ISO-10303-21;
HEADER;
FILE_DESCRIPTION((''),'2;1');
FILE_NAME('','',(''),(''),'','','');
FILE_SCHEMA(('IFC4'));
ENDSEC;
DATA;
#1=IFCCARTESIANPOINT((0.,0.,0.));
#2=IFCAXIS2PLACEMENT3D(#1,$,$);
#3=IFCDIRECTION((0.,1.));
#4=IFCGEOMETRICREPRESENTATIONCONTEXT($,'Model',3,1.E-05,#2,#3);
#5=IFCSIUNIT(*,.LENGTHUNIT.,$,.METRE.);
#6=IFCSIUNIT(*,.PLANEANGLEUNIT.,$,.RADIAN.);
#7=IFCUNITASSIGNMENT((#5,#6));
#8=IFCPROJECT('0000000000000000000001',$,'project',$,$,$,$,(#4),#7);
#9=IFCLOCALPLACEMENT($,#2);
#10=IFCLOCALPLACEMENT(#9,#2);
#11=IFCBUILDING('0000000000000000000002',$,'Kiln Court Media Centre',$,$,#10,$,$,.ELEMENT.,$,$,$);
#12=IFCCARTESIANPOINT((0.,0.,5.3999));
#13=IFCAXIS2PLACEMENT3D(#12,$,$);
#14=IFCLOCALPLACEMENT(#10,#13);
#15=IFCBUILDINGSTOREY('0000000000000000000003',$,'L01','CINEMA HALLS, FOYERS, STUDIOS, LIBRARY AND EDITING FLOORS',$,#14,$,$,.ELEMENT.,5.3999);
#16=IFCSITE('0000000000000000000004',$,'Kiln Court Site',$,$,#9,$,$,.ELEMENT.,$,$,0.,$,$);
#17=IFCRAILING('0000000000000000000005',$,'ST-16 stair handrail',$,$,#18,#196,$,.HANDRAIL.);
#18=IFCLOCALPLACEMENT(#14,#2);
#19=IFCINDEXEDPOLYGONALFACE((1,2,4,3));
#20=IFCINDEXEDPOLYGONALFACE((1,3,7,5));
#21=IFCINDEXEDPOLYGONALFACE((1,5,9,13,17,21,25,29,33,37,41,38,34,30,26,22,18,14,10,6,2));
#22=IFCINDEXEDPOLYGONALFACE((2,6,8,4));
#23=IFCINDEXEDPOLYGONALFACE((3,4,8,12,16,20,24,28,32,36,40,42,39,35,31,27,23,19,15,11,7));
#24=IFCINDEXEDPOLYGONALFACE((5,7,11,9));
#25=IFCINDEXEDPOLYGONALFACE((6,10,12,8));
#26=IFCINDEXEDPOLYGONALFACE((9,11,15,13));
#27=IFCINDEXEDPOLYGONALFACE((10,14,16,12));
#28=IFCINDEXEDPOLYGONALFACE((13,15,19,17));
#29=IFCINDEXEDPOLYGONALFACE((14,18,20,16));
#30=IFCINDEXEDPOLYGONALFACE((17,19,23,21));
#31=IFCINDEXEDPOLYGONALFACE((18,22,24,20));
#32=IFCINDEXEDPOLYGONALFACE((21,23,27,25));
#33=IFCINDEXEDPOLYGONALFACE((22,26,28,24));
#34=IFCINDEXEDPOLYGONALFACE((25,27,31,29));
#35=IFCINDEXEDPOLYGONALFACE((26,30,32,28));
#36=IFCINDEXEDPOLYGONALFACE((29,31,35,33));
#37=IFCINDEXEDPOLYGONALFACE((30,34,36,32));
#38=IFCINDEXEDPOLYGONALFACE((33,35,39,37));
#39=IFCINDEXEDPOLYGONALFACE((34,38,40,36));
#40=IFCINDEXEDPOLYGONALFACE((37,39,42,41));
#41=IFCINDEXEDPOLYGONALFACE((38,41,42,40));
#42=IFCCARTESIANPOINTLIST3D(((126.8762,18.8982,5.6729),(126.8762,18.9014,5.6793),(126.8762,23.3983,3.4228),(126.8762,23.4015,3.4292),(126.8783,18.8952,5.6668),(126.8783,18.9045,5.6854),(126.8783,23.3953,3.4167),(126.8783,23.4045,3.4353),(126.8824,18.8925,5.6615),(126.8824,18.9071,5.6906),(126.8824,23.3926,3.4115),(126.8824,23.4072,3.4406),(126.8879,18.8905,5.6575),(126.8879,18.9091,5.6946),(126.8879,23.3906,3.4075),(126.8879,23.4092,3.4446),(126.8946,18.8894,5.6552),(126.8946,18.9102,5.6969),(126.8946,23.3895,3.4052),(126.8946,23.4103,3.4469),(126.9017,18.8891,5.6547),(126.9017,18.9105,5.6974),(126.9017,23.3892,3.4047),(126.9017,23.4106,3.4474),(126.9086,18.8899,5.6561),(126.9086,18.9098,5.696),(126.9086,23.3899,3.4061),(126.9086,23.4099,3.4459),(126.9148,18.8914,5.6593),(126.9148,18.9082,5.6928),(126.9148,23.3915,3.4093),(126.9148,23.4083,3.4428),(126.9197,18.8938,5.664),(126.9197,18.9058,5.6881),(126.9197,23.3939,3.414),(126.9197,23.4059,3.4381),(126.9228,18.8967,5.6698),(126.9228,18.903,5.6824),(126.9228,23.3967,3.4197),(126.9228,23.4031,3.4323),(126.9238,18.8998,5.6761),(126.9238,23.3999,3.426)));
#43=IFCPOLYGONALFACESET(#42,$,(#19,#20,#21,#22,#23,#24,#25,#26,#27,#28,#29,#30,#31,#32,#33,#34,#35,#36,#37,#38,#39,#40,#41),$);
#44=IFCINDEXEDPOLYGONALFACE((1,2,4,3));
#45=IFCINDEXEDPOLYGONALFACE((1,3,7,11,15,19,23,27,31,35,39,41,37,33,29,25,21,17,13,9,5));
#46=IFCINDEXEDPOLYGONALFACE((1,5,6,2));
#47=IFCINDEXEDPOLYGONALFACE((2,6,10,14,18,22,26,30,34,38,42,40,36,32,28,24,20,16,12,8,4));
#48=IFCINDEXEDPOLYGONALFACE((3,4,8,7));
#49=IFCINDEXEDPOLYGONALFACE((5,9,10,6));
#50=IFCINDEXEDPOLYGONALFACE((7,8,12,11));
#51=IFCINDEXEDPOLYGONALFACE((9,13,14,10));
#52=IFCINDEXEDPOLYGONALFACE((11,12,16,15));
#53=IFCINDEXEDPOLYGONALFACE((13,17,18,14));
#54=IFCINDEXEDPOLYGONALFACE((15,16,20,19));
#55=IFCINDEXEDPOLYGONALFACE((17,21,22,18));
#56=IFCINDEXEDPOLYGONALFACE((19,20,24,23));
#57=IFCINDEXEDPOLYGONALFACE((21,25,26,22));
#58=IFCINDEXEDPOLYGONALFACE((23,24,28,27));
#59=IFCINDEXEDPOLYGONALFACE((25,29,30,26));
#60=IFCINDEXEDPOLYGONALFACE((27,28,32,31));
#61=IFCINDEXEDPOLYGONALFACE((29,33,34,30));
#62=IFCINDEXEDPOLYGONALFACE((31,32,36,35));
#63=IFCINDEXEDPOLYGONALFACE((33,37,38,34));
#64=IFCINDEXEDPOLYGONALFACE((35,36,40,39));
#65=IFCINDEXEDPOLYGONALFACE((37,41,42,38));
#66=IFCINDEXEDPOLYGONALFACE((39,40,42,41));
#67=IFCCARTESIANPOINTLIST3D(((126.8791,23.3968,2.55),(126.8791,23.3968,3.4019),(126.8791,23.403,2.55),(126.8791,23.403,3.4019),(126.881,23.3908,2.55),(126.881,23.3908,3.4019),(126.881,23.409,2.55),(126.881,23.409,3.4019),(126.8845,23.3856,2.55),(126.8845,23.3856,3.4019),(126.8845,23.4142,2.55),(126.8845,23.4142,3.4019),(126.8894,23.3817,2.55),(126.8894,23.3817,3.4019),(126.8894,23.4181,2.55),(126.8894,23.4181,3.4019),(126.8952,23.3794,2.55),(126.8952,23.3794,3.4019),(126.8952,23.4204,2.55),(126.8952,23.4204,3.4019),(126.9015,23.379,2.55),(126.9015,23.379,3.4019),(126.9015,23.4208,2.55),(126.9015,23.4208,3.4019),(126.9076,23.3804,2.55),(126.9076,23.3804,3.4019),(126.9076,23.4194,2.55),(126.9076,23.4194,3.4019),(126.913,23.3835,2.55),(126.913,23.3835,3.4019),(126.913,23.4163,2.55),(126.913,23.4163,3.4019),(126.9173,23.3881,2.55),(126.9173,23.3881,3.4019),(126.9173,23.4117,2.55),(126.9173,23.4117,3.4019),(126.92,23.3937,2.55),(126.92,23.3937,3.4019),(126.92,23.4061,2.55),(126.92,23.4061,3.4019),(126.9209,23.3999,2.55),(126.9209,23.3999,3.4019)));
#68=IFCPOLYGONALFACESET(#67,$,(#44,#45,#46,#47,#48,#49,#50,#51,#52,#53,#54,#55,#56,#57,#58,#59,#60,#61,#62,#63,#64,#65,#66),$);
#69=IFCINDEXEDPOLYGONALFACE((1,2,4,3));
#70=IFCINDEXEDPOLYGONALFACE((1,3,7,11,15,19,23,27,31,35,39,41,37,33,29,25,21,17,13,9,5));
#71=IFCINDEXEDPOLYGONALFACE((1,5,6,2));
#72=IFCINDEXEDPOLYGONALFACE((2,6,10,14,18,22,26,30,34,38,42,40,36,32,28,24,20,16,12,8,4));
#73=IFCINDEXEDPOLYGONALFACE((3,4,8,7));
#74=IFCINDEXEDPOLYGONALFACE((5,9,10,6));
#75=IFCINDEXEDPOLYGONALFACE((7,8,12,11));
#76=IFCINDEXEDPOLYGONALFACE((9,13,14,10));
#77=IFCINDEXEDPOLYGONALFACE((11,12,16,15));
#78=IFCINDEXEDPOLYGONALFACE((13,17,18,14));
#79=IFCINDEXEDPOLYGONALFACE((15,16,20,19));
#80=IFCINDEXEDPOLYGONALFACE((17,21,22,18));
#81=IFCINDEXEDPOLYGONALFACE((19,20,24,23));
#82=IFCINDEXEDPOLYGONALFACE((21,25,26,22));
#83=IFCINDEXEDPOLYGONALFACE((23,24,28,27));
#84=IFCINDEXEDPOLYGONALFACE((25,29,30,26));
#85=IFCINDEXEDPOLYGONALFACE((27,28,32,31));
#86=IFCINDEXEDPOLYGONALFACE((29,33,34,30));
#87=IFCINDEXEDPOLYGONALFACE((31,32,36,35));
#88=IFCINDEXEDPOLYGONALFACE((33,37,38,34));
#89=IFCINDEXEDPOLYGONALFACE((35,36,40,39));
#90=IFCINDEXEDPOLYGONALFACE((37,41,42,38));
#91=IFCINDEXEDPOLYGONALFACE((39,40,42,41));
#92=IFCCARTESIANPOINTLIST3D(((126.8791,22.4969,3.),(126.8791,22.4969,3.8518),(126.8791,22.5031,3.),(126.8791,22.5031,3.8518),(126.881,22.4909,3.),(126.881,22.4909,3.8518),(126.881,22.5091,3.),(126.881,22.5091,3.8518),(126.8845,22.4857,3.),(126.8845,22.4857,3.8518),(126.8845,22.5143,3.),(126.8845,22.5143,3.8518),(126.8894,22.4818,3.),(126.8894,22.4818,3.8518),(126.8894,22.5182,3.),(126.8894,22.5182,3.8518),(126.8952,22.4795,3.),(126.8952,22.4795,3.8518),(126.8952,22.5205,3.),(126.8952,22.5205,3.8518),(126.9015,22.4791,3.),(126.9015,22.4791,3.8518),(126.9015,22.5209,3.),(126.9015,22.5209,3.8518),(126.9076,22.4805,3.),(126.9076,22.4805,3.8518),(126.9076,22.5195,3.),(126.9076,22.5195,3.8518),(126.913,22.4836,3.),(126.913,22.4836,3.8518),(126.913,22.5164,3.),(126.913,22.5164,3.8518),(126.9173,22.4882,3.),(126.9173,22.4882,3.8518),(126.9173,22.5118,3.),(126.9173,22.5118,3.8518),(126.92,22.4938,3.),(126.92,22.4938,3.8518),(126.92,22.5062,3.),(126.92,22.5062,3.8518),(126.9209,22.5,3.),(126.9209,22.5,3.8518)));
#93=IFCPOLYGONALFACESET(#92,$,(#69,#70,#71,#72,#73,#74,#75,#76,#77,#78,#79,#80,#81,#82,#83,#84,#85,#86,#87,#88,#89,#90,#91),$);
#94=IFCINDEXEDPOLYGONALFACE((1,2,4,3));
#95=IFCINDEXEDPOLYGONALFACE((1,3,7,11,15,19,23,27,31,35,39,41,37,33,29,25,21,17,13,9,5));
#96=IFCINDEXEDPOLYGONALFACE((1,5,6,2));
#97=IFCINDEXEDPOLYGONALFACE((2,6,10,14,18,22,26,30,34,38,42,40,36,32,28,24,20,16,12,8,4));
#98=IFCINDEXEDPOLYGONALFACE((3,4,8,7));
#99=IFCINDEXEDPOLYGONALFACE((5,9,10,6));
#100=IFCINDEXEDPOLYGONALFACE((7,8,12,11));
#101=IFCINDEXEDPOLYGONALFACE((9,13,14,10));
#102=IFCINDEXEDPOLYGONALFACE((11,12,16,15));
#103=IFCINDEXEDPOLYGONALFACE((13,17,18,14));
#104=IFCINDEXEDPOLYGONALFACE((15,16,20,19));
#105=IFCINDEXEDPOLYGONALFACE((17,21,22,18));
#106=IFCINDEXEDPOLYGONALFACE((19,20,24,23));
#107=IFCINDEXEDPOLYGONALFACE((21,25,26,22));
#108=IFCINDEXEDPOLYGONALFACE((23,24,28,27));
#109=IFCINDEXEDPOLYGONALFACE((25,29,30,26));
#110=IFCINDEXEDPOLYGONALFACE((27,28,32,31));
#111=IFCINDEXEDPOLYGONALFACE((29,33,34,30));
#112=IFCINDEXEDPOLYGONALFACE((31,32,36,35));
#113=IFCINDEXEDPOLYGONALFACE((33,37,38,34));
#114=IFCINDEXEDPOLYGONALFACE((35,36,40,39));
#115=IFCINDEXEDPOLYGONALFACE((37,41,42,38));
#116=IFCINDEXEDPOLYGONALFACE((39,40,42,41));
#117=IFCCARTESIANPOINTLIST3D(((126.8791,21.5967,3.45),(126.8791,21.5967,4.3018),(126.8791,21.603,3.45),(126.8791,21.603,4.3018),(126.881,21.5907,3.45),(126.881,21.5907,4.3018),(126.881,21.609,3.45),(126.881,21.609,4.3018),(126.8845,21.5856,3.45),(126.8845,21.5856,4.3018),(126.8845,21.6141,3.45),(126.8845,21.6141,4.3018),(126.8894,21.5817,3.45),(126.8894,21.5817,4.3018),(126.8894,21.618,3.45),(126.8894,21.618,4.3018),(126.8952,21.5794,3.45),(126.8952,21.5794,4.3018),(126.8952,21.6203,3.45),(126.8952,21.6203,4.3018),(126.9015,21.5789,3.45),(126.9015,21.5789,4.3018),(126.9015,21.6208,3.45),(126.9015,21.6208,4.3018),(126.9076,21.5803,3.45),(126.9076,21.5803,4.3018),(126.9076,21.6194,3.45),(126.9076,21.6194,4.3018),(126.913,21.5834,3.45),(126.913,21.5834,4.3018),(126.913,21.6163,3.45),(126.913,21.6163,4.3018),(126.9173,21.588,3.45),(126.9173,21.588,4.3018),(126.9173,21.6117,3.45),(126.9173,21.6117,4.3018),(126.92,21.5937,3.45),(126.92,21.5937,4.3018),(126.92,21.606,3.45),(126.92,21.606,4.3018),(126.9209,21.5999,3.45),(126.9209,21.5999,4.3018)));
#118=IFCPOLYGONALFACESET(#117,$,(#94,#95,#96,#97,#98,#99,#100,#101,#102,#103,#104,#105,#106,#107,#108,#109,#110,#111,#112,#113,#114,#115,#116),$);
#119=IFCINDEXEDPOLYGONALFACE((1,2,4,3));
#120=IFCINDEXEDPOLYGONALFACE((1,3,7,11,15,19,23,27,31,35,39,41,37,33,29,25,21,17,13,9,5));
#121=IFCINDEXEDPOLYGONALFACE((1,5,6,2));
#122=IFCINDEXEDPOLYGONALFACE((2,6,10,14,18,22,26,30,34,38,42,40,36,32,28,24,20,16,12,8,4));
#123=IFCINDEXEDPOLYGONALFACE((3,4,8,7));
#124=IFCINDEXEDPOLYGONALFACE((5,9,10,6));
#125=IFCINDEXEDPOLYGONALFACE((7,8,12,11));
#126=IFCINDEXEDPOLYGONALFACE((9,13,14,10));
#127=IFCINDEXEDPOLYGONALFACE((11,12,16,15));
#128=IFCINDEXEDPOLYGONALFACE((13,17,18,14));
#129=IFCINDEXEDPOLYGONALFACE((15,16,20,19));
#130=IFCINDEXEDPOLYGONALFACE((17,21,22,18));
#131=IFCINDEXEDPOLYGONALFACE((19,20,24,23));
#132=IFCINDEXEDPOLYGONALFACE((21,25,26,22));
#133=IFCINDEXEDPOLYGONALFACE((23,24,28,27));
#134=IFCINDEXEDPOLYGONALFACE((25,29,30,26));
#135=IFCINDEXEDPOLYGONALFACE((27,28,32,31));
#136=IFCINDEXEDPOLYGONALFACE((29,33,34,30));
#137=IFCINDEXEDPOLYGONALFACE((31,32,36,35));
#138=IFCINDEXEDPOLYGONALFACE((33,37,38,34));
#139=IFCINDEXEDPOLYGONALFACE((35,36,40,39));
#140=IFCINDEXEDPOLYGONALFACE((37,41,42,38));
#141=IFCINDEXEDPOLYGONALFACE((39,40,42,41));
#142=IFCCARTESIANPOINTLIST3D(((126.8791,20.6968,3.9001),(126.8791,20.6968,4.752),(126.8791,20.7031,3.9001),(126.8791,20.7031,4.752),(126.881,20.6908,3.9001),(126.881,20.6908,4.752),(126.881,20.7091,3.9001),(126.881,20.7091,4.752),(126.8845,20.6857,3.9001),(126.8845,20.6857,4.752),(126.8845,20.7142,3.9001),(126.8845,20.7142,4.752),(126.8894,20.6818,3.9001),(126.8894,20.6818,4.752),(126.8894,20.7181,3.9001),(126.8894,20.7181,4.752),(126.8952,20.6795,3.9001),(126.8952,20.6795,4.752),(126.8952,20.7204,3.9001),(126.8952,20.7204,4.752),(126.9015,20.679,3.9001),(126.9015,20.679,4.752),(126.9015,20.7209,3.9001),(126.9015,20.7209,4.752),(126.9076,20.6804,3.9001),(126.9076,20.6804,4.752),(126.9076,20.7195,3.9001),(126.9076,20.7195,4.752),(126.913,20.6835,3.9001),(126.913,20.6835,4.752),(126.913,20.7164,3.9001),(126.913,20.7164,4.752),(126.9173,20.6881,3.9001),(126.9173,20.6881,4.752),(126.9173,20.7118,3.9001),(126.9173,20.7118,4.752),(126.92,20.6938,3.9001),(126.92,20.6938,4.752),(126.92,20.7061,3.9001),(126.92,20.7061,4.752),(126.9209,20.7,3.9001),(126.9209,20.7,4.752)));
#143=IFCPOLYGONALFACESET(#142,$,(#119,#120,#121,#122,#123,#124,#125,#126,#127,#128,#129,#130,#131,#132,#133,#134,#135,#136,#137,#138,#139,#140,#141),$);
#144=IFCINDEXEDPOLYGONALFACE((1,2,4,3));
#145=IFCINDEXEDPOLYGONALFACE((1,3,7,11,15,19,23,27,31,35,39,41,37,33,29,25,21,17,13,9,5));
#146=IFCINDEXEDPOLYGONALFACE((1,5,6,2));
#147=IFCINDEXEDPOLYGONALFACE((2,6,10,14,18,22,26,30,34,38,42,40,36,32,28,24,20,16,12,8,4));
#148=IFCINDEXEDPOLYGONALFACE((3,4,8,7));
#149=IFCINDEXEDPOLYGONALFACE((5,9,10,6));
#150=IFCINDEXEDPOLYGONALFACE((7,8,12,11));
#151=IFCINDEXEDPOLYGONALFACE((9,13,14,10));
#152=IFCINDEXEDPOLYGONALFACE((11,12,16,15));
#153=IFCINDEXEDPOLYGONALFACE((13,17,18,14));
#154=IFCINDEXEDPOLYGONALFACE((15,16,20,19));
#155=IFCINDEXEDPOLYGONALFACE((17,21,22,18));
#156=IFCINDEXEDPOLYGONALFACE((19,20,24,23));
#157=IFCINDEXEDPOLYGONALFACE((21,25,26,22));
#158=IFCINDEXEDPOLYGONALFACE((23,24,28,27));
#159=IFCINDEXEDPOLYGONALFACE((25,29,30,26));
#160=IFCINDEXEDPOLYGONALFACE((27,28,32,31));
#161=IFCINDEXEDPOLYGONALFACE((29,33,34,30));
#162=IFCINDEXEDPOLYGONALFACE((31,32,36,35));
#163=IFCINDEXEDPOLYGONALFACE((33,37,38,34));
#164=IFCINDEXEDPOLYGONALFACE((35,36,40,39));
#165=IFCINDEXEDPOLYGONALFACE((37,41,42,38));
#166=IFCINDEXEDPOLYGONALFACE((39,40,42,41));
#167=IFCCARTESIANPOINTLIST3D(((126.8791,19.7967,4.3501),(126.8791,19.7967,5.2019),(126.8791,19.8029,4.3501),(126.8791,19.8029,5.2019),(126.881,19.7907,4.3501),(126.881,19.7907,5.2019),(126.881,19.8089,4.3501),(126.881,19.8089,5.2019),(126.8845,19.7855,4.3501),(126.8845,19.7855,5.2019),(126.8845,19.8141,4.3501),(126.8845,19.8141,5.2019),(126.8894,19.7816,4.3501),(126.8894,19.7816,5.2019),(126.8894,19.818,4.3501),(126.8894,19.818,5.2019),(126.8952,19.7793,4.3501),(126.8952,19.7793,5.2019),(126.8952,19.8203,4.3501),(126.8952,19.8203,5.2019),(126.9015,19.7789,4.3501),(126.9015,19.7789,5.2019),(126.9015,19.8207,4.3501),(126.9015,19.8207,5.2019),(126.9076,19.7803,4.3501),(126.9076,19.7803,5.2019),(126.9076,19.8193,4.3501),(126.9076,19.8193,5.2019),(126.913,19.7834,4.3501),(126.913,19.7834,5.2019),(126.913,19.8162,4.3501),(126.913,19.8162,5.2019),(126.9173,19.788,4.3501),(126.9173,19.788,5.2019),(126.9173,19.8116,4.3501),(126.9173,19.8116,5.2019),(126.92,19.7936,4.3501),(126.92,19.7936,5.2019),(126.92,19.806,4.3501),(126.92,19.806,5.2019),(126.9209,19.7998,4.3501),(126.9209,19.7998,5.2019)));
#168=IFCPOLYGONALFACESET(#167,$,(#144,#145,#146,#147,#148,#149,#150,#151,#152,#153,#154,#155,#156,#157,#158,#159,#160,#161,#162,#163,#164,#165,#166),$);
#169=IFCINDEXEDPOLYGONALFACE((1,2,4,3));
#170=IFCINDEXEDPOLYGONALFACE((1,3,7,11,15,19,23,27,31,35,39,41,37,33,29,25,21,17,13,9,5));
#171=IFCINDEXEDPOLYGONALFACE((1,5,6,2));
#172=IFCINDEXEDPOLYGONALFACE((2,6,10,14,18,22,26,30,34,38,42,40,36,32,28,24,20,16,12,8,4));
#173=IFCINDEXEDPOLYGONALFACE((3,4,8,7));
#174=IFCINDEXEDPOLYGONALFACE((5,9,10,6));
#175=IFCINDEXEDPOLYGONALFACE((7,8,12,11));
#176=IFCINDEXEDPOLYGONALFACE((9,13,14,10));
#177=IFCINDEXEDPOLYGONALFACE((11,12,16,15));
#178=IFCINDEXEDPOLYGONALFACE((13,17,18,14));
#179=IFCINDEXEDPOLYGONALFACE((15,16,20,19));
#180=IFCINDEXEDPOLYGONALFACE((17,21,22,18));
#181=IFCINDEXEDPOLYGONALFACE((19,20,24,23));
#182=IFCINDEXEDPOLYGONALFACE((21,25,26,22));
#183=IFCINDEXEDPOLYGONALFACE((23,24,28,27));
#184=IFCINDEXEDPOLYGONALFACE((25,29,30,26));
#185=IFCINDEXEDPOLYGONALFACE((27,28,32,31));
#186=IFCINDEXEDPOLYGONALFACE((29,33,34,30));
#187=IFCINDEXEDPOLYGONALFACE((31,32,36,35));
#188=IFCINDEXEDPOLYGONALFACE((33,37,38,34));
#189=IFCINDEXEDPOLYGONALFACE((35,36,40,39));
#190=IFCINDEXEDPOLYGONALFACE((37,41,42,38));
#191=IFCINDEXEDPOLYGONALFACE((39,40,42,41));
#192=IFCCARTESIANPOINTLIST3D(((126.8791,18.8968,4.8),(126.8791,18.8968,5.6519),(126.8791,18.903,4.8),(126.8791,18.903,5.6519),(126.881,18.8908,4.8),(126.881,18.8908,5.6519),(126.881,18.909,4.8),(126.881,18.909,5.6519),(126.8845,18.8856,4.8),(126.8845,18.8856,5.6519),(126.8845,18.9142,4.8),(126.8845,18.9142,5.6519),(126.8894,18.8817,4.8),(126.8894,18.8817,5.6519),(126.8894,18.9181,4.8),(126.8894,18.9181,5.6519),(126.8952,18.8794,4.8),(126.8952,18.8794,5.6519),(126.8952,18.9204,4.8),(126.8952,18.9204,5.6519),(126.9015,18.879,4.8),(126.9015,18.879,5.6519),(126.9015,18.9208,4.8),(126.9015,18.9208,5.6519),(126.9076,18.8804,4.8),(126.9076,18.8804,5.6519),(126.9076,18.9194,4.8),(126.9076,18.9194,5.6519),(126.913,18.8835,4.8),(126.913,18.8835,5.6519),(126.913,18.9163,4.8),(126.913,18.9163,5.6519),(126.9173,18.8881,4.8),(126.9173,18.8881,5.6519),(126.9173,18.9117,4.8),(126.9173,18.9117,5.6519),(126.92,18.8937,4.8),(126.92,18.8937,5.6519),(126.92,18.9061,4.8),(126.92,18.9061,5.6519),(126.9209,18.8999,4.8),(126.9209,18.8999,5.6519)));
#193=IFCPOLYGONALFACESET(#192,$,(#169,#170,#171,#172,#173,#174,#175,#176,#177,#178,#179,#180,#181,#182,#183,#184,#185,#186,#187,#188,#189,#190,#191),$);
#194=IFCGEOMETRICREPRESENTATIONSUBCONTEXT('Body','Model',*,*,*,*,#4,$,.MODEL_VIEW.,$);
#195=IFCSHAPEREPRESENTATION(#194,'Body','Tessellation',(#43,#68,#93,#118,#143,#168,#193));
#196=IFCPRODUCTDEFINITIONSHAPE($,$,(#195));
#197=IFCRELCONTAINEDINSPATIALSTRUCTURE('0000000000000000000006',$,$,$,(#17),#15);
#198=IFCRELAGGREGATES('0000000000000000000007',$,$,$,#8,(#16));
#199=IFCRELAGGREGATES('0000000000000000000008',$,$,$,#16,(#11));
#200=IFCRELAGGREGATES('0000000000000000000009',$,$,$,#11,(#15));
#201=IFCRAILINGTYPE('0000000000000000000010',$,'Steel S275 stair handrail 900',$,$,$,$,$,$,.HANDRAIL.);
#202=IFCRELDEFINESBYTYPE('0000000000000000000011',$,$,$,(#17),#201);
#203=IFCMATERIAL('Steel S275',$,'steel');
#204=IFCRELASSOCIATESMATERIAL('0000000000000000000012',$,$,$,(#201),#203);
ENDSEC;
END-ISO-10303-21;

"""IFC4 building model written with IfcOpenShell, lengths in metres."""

from ifc_helpers import new_model, si_unit, direction, frame, origin, origin_2d, place, context, subcontext, project, spatial, circle, extrude, material, type_object, element, save


model = new_model("IFC4")

# Units and contexts
model_context = context("Model", 3, precision=1e-05, world=origin(), true_north=direction((0.0, 1.0)))
body_context = subcontext(model_context, "Body", "Model", "MODEL_VIEW")
ifc_project = project(units=[si_unit("LENGTHUNIT", "METRE"), si_unit("PLANEANGLEUNIT", "RADIAN")], contexts=[model_context])

# Site, building, storey
site_placement = place(None, origin())
site = spatial("IfcSite", under=ifc_project, at=site_placement, Name="Kiln Court Site", CompositionType="ELEMENT", RefElevation=0.0)
building_placement = place(site_placement, origin())
building = spatial("IfcBuilding", under=site, at=building_placement, Name="Kiln Court Media Centre", CompositionType="ELEMENT")
storey_placement = place(building_placement, frame((0.0, 0.0, 5.3999)))
storey = spatial("IfcBuildingStorey", under=building, at=storey_placement, Name="L01", Description="CINEMA HALLS, FOYERS, STUDIOS, LIBRARY AND EDITING FLOORS", CompositionType="ELEMENT", Elevation=5.3999)

# Railing
ifc_material_1 = material(Name="Steel S275", Category="steel")
railing_type_1 = type_object("IfcRailingType", Name="Steel S275 stair handrail 900", PredefinedType="HANDRAIL", material=ifc_material_1)
railing_1_placement = place(storey_placement, frame((126.8999, 23.3999, 2.55)))
element("IfcRailing", 1, at=railing_1_placement, inside=storey, type_object=railing_type_1, Name="ST-16 stair handrail", PredefinedType="HANDRAIL", context=body_context, shape_type="SweptSolid", body=[
    extrude(circle(Radius=0.0239, at=origin_2d()), frame((0.0, 0.0, 0.876), z_axis=(0.0, -0.894427, 0.447214), x_axis=(1.0, 0.0, 0.0)), (0.0, 0.0, 1.0), 5.0312),
    extrude(circle(Radius=0.021, at=origin_2d()), origin(), (0.0, 0.0, 1.0), 0.8518),
    extrude(circle(Radius=0.021, at=origin_2d()), frame((0.0, -0.8999, 0.45)), (0.0, 0.0, 1.0), 0.8518),
    extrude(circle(Radius=0.021, at=origin_2d()), frame((0.0, -1.8, 0.8999)), (0.0, 0.0, 1.0), 0.8518),
    extrude(circle(Radius=0.021, at=origin_2d()), frame((0.0, -2.7, 1.3501)), (0.0, 0.0, 1.0), 0.8518),
    extrude(circle(Radius=0.021, at=origin_2d()), frame((0.0, -3.6001, 1.8)), (0.0, 0.0, 1.0), 0.8518),
    extrude(circle(Radius=0.021, at=origin_2d()), frame((0.0, -4.5, 2.25)), (0.0, 0.0, 1.0), 0.8518),
])

save(model, "model.ifc")
